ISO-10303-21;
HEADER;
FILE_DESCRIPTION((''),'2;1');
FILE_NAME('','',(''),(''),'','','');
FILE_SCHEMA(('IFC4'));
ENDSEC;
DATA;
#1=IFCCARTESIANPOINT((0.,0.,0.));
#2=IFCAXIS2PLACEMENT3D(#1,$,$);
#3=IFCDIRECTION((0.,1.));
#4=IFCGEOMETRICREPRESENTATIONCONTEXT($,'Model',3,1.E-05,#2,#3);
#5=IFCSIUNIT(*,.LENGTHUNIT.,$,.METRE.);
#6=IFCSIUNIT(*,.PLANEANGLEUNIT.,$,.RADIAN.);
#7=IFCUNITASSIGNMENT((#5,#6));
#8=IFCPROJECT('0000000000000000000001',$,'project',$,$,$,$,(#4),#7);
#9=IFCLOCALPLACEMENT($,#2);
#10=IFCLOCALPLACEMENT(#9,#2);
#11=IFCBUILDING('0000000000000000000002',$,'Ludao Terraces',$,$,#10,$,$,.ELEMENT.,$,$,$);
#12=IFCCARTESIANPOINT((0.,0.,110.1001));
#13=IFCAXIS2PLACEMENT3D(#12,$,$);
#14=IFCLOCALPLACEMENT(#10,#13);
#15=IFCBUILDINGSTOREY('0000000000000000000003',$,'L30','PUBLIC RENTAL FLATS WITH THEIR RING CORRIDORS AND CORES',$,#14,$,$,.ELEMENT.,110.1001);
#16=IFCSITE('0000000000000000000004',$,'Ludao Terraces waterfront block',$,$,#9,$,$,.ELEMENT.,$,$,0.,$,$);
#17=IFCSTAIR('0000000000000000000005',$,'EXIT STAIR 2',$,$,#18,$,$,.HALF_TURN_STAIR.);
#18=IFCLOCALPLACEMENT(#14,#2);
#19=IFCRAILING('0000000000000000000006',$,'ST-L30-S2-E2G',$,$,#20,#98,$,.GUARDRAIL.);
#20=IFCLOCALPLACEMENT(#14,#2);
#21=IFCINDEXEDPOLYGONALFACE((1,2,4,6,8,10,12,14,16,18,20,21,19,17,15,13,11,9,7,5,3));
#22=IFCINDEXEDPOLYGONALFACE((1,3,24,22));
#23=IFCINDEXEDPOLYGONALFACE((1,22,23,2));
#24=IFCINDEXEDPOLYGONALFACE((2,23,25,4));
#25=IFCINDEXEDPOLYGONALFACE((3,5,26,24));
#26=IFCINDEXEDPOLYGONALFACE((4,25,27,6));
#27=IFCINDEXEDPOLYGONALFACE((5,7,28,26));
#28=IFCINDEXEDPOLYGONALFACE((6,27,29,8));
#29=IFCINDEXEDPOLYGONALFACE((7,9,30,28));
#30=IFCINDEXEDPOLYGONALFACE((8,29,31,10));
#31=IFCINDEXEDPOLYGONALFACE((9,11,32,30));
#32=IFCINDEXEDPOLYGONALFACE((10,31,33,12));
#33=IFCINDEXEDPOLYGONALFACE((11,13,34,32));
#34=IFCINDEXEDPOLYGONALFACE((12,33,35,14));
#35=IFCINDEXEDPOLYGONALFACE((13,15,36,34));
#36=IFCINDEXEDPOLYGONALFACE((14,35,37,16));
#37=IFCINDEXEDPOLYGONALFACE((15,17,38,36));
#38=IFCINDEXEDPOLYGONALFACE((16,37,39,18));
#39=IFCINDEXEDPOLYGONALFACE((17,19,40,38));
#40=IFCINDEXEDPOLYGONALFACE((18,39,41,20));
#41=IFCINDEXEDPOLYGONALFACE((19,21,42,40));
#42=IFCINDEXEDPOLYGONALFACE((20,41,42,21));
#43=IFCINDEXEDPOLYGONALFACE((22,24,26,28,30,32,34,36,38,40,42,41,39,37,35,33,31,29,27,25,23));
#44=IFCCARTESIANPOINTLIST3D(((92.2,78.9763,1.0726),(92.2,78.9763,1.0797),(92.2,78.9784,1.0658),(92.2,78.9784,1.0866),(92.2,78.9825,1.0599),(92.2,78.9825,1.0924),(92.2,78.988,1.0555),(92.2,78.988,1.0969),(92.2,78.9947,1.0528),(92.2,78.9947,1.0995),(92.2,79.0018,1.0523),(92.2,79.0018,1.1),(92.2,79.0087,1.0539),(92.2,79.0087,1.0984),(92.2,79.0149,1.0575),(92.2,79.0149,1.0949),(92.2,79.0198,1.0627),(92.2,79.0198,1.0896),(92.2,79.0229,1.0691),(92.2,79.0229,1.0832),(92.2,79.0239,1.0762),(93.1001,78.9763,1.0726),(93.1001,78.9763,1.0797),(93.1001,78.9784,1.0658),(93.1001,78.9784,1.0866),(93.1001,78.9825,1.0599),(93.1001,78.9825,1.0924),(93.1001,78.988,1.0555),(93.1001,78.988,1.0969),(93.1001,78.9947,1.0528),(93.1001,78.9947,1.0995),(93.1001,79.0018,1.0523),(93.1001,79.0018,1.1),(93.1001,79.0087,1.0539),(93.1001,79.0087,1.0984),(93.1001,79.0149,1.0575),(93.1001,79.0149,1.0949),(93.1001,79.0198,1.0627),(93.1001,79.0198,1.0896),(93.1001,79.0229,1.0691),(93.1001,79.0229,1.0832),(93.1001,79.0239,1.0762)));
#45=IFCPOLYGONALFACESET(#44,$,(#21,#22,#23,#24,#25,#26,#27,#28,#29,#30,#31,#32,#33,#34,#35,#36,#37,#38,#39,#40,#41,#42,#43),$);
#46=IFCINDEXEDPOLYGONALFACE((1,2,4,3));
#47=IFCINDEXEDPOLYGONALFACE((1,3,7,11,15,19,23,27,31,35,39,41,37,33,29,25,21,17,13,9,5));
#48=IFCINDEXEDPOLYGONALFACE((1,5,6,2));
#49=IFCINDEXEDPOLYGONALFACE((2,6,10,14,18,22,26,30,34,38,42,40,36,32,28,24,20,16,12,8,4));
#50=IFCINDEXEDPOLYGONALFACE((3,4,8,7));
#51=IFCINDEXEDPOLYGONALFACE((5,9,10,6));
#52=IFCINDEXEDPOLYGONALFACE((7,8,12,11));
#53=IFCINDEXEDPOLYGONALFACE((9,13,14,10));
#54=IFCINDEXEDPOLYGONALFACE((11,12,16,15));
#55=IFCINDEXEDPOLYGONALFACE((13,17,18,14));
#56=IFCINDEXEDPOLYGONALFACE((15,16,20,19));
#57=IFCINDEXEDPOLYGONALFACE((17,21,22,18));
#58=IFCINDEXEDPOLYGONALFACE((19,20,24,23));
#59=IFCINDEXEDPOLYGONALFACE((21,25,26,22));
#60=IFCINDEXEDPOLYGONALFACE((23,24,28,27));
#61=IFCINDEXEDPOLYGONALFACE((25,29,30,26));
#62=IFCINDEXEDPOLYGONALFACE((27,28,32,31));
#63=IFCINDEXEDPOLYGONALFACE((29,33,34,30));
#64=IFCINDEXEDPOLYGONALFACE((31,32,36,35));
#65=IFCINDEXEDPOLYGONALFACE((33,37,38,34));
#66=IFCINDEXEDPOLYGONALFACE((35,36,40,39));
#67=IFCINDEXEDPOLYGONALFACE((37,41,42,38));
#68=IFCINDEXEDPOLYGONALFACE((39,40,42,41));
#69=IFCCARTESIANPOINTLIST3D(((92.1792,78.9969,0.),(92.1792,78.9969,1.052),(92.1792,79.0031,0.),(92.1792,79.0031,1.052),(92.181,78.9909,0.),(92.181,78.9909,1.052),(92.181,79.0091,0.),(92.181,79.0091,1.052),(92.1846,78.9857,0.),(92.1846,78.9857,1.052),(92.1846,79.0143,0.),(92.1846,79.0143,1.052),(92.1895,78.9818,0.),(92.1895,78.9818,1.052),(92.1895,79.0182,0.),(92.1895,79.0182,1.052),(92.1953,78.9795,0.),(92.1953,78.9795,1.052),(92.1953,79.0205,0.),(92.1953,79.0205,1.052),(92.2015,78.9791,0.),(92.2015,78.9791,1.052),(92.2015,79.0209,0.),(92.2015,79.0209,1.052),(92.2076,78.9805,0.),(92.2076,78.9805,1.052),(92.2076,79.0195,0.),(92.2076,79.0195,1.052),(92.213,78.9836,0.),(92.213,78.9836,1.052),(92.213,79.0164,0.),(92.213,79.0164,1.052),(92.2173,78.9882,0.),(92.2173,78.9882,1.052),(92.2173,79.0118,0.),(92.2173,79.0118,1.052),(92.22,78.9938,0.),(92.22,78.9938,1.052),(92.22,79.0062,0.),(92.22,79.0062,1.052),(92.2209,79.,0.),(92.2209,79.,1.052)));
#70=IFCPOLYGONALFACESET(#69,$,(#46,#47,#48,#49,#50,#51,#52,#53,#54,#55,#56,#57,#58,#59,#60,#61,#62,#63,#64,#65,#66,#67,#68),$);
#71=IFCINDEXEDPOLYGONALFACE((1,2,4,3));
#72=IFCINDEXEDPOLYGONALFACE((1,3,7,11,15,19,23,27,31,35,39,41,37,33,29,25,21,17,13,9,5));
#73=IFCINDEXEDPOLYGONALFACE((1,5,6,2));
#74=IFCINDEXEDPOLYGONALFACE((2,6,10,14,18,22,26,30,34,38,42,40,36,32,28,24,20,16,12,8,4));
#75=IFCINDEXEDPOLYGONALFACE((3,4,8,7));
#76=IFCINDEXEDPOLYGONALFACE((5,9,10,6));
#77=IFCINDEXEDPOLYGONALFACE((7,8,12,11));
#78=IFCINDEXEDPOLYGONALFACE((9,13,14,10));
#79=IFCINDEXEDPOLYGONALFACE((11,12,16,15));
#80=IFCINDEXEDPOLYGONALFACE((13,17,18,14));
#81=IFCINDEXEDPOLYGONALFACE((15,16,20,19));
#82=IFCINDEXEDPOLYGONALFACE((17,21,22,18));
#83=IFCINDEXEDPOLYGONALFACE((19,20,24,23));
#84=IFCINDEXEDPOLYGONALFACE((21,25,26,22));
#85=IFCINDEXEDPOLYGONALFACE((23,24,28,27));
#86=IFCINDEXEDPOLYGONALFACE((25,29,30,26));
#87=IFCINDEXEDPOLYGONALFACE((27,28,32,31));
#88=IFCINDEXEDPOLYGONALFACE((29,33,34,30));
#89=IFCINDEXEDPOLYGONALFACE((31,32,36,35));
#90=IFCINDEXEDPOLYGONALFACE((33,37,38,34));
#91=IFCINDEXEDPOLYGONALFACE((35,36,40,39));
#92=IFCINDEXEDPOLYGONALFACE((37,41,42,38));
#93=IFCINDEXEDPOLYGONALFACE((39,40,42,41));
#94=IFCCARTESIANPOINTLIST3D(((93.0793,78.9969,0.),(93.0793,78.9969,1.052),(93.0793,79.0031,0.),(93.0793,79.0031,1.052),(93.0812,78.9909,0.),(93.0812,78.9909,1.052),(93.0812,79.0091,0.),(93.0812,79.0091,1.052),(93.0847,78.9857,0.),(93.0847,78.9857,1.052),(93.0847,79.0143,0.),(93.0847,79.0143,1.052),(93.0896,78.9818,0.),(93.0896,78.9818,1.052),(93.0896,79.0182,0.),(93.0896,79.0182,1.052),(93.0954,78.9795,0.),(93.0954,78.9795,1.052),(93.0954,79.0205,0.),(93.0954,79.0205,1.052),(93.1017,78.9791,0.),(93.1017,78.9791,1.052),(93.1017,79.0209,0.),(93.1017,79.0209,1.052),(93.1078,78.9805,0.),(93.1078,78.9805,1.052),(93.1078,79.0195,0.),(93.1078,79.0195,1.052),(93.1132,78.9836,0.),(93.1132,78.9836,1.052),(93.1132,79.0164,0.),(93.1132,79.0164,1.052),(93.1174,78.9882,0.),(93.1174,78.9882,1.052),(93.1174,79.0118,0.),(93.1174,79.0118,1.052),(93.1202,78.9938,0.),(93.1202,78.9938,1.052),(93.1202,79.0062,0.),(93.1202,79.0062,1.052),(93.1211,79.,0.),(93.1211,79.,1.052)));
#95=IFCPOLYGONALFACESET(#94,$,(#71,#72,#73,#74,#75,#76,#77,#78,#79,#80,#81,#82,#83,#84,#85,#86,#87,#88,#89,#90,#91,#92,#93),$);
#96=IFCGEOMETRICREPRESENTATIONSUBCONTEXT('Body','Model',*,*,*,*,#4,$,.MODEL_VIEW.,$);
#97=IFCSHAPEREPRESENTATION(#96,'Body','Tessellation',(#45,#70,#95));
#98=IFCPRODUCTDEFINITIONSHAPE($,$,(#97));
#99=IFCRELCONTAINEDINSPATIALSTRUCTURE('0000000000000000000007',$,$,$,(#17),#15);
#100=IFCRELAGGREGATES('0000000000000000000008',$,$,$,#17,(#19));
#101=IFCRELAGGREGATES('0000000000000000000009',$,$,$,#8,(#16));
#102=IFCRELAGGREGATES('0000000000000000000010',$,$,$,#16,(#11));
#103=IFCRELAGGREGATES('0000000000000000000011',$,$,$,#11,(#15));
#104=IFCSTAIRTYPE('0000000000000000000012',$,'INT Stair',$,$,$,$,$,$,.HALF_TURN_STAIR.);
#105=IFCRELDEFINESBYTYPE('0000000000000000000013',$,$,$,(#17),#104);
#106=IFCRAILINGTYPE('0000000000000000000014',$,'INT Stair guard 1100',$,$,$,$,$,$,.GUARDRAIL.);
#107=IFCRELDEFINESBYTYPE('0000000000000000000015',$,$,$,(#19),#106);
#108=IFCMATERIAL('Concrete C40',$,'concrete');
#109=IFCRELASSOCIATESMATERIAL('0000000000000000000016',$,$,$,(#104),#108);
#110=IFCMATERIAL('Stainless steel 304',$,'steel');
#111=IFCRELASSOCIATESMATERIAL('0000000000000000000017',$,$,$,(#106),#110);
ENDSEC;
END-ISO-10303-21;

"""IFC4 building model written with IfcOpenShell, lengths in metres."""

from ifc_helpers import new_model, si_unit, direction, frame, origin, origin_2d, place, context, subcontext, project, spatial, circle, extrude, material, type_object, element, aggregate, save


model = new_model("IFC4")

# Units and contexts
model_context = context("Model", 3, precision=1e-05, world=origin(), true_north=direction((0.0, 1.0)))
body_context = subcontext(model_context, "Body", "Model", "MODEL_VIEW")
ifc_project = project(units=[si_unit("LENGTHUNIT", "METRE"), si_unit("PLANEANGLEUNIT", "RADIAN")], contexts=[model_context])

# Site, building, storey
site_placement = place(None, origin())
site = spatial("IfcSite", under=ifc_project, at=site_placement, Name="Ludao Terraces waterfront block", CompositionType="ELEMENT", RefElevation=0.0)
building_placement = place(site_placement, origin())
building = spatial("IfcBuilding", under=site, at=building_placement, Name="Ludao Terraces", CompositionType="ELEMENT")
storey_placement = place(building_placement, frame((0.0, 0.0, 110.1001)))
storey = spatial("IfcBuildingStorey", under=building, at=storey_placement, Name="L30", Description="PUBLIC RENTAL FLATS WITH THEIR RING CORRIDORS AND CORES", CompositionType="ELEMENT", Elevation=110.1001)

# Shared definitions
ifc_material_1 = material(Name="Concrete C40", Category="concrete")

# Stair, railing
stair_type = type_object("IfcStairType", Name="INT Stair", PredefinedType="HALF_TURN_STAIR", material=ifc_material_1)
stair_placement = place(storey_placement, origin())
stair = element("IfcStair", 1, at=stair_placement, inside=storey, type_object=stair_type, Name="EXIT STAIR 2", PredefinedType="HALF_TURN_STAIR")
ifc_material_2 = material(Name="Stainless steel 304", Category="steel")
railing_type_1 = type_object("IfcRailingType", Name="INT Stair guard 1100", PredefinedType="GUARDRAIL", material=ifc_material_2)
railing_1_placement = place(storey_placement, frame((92.2, 79.0, 0.0)))
railing_1 = element("IfcRailing", 2, at=railing_1_placement, type_object=railing_type_1, Name="ST-L30-S2-E2G", PredefinedType="GUARDRAIL", context=body_context, shape_type="SweptSolid", body=[
    extrude(circle(Radius=0.0239, at=origin_2d()), frame((0.0, 0.0, 1.0762), z_axis=(1.0, 0.0, 0.0), x_axis=(0.0, 1.0, 0.0)), (0.0, 0.0, 1.0), 0.9001),
    extrude(circle(Radius=0.021, at=origin_2d()), origin(), (0.0, 0.0, 1.0), 1.052),
    extrude(circle(Radius=0.021, at=origin_2d()), frame((0.9001, 0.0, 0.0)), (0.0, 0.0, 1.0), 1.052),
])
aggregate(stair, [railing_1])

save(model, "model.ifc")
